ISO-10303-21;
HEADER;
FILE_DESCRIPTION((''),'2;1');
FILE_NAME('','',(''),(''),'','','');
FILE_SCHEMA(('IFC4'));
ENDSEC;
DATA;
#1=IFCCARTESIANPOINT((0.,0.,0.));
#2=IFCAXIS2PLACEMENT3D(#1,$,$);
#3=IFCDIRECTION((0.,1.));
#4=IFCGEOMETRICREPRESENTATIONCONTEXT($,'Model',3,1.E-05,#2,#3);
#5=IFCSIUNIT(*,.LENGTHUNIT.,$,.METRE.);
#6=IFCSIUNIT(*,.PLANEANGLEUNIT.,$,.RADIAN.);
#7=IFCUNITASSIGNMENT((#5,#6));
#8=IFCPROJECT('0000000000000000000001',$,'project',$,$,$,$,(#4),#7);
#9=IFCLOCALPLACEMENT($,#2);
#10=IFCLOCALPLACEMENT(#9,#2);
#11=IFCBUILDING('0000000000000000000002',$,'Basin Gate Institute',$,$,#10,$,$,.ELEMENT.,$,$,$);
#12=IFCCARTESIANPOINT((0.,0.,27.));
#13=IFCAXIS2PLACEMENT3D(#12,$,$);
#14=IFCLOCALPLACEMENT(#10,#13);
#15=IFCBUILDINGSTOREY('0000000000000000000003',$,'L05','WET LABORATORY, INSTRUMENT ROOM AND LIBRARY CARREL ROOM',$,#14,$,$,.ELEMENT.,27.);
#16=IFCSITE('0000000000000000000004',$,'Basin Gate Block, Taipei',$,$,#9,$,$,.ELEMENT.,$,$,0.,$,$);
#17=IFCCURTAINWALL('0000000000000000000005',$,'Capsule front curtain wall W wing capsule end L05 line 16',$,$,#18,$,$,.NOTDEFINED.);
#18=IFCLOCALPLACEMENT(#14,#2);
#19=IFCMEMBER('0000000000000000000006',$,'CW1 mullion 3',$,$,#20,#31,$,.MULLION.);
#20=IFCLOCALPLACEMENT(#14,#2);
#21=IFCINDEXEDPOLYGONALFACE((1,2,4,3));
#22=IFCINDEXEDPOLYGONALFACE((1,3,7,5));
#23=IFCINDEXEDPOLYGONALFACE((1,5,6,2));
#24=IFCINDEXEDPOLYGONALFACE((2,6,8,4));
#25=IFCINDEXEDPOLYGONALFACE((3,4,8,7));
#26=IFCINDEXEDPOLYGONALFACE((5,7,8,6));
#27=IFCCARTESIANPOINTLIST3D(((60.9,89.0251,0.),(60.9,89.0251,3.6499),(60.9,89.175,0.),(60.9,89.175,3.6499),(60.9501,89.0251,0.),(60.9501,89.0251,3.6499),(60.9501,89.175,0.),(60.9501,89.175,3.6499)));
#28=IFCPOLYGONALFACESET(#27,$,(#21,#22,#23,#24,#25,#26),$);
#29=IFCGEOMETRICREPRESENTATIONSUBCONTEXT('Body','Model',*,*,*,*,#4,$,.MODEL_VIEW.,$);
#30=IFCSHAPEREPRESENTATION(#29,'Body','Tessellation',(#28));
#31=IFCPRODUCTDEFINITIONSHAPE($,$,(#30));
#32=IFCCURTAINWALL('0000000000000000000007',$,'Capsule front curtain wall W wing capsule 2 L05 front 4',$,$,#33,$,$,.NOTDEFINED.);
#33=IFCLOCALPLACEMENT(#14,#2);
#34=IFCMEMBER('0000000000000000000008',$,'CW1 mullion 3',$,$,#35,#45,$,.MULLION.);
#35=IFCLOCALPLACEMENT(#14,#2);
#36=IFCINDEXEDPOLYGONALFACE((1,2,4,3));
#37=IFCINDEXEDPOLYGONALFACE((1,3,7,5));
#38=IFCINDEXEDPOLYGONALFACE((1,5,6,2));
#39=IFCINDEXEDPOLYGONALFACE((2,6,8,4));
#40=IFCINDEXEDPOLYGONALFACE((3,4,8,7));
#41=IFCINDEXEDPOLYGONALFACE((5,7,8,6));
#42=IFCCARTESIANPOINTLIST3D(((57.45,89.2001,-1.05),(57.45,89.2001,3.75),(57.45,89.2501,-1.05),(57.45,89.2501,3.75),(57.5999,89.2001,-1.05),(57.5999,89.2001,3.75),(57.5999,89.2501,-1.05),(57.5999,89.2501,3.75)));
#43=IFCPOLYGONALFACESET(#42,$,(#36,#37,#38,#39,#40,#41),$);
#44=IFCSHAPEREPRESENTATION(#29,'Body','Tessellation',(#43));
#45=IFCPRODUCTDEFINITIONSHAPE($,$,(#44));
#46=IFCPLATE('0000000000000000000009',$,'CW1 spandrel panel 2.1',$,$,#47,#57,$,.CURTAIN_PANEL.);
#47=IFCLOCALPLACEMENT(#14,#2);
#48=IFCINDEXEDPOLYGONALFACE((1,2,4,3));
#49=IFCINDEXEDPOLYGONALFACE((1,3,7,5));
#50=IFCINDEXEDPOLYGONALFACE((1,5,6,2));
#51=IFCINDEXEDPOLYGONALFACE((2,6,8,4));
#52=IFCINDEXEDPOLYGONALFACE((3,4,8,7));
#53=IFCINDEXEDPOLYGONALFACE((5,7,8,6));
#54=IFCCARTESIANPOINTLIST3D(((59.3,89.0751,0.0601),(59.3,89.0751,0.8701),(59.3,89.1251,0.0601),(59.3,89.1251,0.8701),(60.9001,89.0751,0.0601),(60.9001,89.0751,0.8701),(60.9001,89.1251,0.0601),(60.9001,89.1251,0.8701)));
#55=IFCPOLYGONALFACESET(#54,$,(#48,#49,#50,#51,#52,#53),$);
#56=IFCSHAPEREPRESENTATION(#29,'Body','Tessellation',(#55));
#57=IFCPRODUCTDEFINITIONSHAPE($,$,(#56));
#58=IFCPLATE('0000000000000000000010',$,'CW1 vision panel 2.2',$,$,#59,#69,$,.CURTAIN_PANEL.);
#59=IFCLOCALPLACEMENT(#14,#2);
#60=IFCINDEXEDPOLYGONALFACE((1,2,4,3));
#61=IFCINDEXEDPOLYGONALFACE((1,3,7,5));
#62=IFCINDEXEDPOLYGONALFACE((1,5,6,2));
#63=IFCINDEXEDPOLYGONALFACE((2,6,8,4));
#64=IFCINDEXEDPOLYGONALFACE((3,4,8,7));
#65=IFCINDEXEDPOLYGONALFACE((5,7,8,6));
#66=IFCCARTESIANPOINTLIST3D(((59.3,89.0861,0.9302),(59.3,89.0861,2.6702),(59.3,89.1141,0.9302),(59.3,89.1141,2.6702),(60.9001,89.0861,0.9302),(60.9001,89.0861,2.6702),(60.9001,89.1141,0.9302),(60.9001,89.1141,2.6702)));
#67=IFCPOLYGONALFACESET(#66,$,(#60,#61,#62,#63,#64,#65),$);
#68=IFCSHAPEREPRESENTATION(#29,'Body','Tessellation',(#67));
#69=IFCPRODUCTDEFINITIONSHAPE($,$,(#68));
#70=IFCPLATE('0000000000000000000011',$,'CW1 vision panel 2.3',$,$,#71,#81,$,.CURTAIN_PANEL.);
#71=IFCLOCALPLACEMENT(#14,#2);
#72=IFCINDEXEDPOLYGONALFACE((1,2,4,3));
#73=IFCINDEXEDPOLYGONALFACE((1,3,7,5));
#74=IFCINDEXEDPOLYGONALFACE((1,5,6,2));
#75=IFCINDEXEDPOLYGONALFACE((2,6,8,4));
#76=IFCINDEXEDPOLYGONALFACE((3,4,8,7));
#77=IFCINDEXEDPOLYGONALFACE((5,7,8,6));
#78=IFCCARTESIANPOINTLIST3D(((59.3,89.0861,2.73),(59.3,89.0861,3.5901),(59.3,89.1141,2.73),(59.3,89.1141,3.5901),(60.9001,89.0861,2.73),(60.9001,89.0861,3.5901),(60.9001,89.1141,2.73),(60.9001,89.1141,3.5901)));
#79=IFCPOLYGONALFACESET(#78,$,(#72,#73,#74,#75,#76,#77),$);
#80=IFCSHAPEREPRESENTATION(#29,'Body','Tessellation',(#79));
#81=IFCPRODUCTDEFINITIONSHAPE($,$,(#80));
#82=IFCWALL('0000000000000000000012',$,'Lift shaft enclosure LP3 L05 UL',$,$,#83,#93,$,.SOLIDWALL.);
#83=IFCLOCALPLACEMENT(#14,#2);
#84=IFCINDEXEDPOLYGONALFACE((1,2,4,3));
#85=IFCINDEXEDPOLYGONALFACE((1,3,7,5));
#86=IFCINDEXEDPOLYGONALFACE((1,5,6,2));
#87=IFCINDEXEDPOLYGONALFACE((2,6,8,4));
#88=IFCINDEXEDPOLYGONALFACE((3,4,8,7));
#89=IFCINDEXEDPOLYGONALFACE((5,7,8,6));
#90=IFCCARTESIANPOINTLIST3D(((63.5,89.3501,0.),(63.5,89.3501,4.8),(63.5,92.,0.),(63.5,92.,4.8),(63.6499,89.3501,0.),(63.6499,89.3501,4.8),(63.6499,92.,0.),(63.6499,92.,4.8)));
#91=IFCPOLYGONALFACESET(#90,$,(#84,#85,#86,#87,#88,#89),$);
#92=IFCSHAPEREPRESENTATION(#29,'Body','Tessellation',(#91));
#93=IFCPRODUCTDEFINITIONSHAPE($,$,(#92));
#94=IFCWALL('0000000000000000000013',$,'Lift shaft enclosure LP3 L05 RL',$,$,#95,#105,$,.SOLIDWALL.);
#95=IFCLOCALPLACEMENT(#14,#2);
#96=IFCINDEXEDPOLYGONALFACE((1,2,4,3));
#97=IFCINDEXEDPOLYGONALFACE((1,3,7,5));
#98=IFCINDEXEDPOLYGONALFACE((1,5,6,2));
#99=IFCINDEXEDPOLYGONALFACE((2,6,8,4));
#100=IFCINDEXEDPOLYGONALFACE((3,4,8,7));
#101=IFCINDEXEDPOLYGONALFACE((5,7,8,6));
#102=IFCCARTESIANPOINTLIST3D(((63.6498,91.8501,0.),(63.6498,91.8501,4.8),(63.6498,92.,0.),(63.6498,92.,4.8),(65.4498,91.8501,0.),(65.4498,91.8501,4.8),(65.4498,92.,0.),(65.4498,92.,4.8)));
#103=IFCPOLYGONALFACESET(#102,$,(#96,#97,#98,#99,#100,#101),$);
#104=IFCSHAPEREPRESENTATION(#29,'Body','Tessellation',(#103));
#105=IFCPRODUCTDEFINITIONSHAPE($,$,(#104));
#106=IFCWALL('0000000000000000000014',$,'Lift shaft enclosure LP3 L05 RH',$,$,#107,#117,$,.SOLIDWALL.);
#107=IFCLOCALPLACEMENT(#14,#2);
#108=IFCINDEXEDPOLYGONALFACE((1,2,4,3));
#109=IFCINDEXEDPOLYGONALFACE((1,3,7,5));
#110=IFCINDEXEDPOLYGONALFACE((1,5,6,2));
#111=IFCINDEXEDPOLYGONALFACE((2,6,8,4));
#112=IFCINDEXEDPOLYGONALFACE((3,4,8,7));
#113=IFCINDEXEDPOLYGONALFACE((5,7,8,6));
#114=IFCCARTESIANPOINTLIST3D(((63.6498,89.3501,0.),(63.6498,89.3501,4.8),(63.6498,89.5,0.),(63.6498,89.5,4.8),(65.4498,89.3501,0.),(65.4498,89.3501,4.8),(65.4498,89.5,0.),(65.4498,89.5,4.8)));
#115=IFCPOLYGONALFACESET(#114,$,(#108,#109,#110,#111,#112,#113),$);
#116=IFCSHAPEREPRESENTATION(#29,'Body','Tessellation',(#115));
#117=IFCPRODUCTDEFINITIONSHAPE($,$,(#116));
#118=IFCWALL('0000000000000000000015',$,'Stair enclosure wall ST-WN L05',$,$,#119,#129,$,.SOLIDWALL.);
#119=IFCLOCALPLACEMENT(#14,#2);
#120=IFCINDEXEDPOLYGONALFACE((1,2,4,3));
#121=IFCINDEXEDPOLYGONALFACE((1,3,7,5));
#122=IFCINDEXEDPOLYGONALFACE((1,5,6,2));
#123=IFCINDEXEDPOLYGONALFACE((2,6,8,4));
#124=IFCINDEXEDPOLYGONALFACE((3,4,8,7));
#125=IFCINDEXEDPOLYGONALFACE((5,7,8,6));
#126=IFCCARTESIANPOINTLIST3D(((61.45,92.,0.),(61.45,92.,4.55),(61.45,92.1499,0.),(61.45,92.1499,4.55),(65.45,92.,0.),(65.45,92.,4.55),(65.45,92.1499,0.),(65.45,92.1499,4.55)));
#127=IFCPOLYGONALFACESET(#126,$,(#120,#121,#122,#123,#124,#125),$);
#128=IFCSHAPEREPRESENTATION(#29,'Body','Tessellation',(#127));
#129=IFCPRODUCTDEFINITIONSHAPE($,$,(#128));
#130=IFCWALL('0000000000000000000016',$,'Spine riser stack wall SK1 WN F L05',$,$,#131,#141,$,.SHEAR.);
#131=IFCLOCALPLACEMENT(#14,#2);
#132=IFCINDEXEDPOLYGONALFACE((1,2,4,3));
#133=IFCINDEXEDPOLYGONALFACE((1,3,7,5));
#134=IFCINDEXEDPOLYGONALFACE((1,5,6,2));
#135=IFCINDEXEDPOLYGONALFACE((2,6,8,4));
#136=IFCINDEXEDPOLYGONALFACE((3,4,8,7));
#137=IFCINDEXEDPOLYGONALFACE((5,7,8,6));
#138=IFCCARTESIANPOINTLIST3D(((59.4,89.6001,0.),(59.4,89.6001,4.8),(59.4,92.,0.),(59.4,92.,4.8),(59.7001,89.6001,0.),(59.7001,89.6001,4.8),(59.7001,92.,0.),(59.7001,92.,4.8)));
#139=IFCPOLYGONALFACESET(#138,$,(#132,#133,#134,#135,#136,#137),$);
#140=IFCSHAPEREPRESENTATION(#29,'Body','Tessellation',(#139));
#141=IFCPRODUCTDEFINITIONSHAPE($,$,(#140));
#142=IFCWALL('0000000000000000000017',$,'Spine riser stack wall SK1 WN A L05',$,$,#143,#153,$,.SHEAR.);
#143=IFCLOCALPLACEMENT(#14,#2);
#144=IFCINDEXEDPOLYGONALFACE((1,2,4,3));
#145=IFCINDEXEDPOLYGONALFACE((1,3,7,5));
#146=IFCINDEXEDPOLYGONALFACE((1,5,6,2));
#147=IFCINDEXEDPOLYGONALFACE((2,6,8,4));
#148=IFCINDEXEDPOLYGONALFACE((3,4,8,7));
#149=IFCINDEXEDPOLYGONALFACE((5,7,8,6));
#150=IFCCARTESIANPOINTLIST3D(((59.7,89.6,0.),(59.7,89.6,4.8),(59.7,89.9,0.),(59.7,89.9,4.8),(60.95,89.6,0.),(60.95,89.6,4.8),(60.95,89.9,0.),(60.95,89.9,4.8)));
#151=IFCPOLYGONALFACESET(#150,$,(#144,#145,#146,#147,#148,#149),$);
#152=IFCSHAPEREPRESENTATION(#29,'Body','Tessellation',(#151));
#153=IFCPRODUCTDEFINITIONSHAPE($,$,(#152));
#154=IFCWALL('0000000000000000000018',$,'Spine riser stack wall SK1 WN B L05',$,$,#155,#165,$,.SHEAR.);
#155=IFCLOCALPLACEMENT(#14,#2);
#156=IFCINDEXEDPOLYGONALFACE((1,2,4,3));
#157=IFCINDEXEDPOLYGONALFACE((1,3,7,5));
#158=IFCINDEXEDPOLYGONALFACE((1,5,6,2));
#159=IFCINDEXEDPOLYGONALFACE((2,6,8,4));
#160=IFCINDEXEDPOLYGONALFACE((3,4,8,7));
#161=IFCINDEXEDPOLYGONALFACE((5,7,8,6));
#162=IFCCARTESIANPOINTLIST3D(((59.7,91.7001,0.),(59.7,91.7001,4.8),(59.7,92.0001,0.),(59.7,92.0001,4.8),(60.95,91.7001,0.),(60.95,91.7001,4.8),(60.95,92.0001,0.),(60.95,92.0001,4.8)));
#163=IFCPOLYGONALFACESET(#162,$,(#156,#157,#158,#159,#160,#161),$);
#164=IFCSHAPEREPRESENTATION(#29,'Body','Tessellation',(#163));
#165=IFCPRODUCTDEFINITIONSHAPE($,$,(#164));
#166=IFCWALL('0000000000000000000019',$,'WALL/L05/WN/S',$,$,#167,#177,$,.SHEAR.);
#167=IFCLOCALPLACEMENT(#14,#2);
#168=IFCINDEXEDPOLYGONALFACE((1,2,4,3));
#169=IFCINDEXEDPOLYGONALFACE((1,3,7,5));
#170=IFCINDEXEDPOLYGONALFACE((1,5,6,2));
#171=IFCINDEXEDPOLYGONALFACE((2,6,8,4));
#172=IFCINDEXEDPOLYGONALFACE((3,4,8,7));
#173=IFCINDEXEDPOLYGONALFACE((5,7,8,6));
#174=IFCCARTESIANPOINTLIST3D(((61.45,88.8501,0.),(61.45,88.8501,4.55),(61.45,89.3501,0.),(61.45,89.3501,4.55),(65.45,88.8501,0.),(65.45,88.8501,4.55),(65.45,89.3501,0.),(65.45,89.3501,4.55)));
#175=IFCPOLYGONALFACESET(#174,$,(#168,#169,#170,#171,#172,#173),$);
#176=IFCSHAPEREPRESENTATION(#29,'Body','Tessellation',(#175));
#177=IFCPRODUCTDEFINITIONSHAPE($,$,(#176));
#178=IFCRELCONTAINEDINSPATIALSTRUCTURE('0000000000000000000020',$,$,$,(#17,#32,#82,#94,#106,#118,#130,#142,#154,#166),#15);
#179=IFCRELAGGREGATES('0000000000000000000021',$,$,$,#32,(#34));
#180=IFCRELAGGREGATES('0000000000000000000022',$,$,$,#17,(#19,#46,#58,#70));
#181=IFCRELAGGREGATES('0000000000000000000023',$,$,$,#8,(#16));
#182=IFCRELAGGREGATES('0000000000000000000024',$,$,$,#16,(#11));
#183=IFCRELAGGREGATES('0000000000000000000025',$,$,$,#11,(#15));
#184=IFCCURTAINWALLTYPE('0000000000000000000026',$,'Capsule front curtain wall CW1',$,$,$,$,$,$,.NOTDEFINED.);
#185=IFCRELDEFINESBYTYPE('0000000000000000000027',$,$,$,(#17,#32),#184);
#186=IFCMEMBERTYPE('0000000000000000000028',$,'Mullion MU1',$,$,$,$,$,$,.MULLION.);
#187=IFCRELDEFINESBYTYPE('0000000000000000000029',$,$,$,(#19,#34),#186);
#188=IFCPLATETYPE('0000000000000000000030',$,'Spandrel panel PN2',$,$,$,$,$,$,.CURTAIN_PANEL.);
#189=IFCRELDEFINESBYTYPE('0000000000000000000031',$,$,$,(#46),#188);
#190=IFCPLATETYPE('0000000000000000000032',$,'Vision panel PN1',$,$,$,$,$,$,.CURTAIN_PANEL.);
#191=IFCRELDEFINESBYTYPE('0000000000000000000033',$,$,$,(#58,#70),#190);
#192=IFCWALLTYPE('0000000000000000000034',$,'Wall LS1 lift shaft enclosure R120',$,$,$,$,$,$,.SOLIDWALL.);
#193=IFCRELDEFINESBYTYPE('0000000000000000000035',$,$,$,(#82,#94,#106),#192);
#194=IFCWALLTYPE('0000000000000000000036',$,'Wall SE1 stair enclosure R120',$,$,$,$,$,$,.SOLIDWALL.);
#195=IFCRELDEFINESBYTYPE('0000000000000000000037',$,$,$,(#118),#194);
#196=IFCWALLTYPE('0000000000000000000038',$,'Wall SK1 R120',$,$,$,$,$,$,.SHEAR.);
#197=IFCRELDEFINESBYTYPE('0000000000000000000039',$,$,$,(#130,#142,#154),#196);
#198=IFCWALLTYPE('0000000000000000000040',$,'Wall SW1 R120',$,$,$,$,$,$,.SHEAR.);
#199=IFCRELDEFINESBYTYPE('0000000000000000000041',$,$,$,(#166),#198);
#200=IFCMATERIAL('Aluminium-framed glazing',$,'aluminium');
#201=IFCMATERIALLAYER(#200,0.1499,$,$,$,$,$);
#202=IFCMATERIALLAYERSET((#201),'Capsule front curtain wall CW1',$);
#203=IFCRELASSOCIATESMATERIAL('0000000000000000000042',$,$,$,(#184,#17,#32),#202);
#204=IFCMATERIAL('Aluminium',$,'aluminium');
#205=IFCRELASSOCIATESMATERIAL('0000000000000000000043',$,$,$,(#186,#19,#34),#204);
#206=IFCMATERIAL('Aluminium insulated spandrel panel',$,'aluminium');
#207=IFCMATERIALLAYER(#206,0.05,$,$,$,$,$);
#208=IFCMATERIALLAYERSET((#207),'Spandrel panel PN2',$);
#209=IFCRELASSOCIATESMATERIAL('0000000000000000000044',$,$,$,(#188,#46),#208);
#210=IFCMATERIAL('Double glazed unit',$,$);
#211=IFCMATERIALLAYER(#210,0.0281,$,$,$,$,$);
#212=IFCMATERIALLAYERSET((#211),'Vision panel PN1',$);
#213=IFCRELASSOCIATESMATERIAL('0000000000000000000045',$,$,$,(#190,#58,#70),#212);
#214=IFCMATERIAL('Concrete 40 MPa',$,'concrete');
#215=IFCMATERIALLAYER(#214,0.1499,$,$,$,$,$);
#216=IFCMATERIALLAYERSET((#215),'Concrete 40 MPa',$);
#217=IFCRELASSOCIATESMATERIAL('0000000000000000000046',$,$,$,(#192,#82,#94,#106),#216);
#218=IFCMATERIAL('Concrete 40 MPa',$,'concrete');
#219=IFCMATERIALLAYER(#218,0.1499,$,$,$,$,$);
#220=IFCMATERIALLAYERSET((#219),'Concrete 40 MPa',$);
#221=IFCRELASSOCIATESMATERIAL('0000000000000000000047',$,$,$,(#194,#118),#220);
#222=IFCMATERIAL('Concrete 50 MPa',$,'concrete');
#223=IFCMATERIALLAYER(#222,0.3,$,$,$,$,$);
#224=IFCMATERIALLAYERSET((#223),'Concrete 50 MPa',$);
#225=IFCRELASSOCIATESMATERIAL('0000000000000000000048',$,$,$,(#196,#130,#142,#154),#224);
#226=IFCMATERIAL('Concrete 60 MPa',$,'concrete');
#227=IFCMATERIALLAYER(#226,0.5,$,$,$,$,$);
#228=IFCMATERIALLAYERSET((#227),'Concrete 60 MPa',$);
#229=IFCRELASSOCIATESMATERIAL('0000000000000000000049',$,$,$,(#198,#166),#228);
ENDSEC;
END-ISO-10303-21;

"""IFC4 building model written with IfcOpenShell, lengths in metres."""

from ifc_helpers import new_model, si_unit, direction, frame, frame_2d, origin, origin_2d, place, context, subcontext, project, spatial, rectangle, extrude, material, layer, layer_set, material_profile, profile_set, type_object, element, aggregate, save


model = new_model("IFC4")

# Units and contexts
model_context = context("Model", 3, precision=1e-05, world=origin(), true_north=direction((0.0, 1.0)))
body_context = subcontext(model_context, "Body", "Model", "MODEL_VIEW")
ifc_project = project(units=[si_unit("LENGTHUNIT", "METRE"), si_unit("PLANEANGLEUNIT", "RADIAN")], contexts=[model_context])

# Site, building, storey
site_placement = place(None, origin())
site = spatial("IfcSite", under=ifc_project, at=site_placement, Name="Basin Gate Block, Taipei", CompositionType="ELEMENT", RefElevation=0.0)
building_placement = place(site_placement, origin())
building = spatial("IfcBuilding", under=site, at=building_placement, Name="Basin Gate Institute", CompositionType="ELEMENT")
storey_placement = place(building_placement, frame((0.0, 0.0, 27.0)))
storey = spatial("IfcBuildingStorey", under=building, at=storey_placement, Name="L05", Description="WET LABORATORY, INSTRUMENT ROOM AND LIBRARY CARREL ROOM", CompositionType="ELEMENT", Elevation=27.0)

# Curtain walls, members
ifc_material_1 = material(Name="Aluminium-framed glazing", Category="aluminium")
ifc_layer_1 = layer(ifc_material_1, 0.1499)
ifc_layer_set_1 = layer_set([ifc_layer_1], Name="Capsule front curtain wall CW1")
curtain_wall_type = type_object("IfcCurtainWallType", Name="Capsule front curtain wall CW1", PredefinedType="NOTDEFINED", material=ifc_layer_set_1)
curtain_wall_1_placement = place(storey_placement, origin())
curtain_wall_1 = element("IfcCurtainWall", 1, at=curtain_wall_1_placement, inside=storey, type_object=curtain_wall_type, material=ifc_layer_set_1, Name="Capsule front curtain wall W wing capsule end L05 line 16", PredefinedType="NOTDEFINED")
ifc_material_2 = material(Name="Aluminium", Category="aluminium")
ifc_material_profile = material_profile(ifc_material_2, rectangle(XDim=0.1499, YDim=0.05, at=origin_2d()), Name="Mullion MU1 150 x 50")
ifc_profile_set = profile_set([ifc_material_profile], Name="Aluminium")
member_type = type_object("IfcMemberType", Name="Mullion MU1", PredefinedType="MULLION", material=ifc_profile_set)
member_1_placement = place(storey_placement, frame((60.925, 89.1001, 0.0), z_axis=(0.0, 0.0, 1.0), x_axis=(0.0, 1.0, 0.0)))
member_1 = element("IfcMember", 2, at=member_1_placement, type_object=member_type, material=ifc_profile_set, Name="CW1 mullion 3", PredefinedType="MULLION", context=body_context, shape_type="SweptSolid", body=[
    extrude(rectangle(XDim=0.1499, YDim=0.05, at=origin_2d()), origin(), (0.0, 0.0, 1.0), 3.6499),
])
curtain_wall_2_placement = place(storey_placement, origin())
curtain_wall_2 = element("IfcCurtainWall", 3, at=curtain_wall_2_placement, inside=storey, type_object=curtain_wall_type, material=ifc_layer_set_1, Name="Capsule front curtain wall W wing capsule 2 L05 front 4", PredefinedType="NOTDEFINED")
member_2_placement = place(storey_placement, frame((57.5249, 89.2251, -1.05), z_axis=(0.0, 0.0, 1.0), x_axis=(-1.0, 0.0, 0.0)))
member_2 = element("IfcMember", 4, at=member_2_placement, type_object=member_type, material=ifc_profile_set, Name="CW1 mullion 3", PredefinedType="MULLION", context=body_context, shape_type="SweptSolid", body=[
    extrude(rectangle(XDim=0.1499, YDim=0.05, at=origin_2d()), origin(), (0.0, 0.0, 1.0), 4.8),
])
aggregate(curtain_wall_2, [member_2])

# Plates
ifc_material_3 = material(Name="Aluminium insulated spandrel panel", Category="aluminium")
ifc_layer_2 = layer(ifc_material_3, 0.05)
ifc_layer_set_2 = layer_set([ifc_layer_2], Name="Spandrel panel PN2")
plate_type_1 = type_object("IfcPlateType", Name="Spandrel panel PN2", PredefinedType="CURTAIN_PANEL", material=ifc_layer_set_2)
plate_1_placement = place(storey_placement, frame((60.1001, 89.1001, 0.0601), z_axis=(0.0, 0.0, 1.0), x_axis=(1.0, 0.0, 0.0)))
plate_1 = element("IfcPlate", 5, at=plate_1_placement, type_object=plate_type_1, material=ifc_layer_set_2, Name="CW1 spandrel panel 2.1", PredefinedType="CURTAIN_PANEL", context=body_context, shape_type="SweptSolid", body=[
    extrude(rectangle(XDim=1.6001, YDim=0.05, at=origin_2d()), origin(), (0.0, 0.0, 1.0), 0.8101),
])
ifc_material_4 = material(Name="Double glazed unit")
ifc_layer_3 = layer(ifc_material_4, 0.0281)
ifc_layer_set_3 = layer_set([ifc_layer_3], Name="Vision panel PN1")
plate_type_2 = type_object("IfcPlateType", Name="Vision panel PN1", PredefinedType="CURTAIN_PANEL", material=ifc_layer_set_3)
plate_2_placement = place(storey_placement, frame((60.1001, 89.1001, 0.9302), z_axis=(0.0, 0.0, 1.0), x_axis=(1.0, 0.0, 0.0)))
plate_2 = element("IfcPlate", 6, at=plate_2_placement, type_object=plate_type_2, material=ifc_layer_set_3, Name="CW1 vision panel 2.2", PredefinedType="CURTAIN_PANEL", context=body_context, shape_type="SweptSolid", body=[
    extrude(rectangle(XDim=1.6001, YDim=0.0281, at=origin_2d()), origin(), (0.0, 0.0, 1.0), 1.74),
])
plate_3_placement = place(storey_placement, frame((60.1001, 89.1001, 2.73), z_axis=(0.0, 0.0, 1.0), x_axis=(1.0, 0.0, 0.0)))
plate_3 = element("IfcPlate", 7, at=plate_3_placement, type_object=plate_type_2, material=ifc_layer_set_3, Name="CW1 vision panel 2.3", PredefinedType="CURTAIN_PANEL", context=body_context, shape_type="SweptSolid", body=[
    extrude(rectangle(XDim=1.6001, YDim=0.0281, at=origin_2d()), origin(), (0.0, 0.0, 1.0), 0.8601),
])
aggregate(curtain_wall_1, [member_1, plate_1, plate_2, plate_3])

# Walls
ifc_material_5 = material(Name="Concrete 40 MPa", Category="concrete")
ifc_layer_4 = layer(ifc_material_5, 0.1499)
ifc_layer_set_4 = layer_set([ifc_layer_4], Name="Concrete 40 MPa")
wall_type_1 = type_object("IfcWallType", Name="Wall LS1 lift shaft enclosure R120", PredefinedType="SOLIDWALL", material=ifc_layer_set_4)
wall_1_placement = place(storey_placement, frame((63.575, 92.0, 0.0), z_axis=(0.0, 0.0, 1.0), x_axis=(0.0, -1.0, 0.0)))
element("IfcWall", 8, at=wall_1_placement, inside=storey, type_object=wall_type_1, material=ifc_layer_set_4, Name="Lift shaft enclosure LP3 L05 UL", PredefinedType="SOLIDWALL", context=body_context, shape_type="SweptSolid", body=[
    extrude(rectangle(XDim=2.6499, YDim=0.1499, at=frame_2d((1.325, 0.0))), origin(), (0.0, 0.0, 1.0), 4.8),
])
for number, where, z_axis, x_axis, name in (
    (9, (63.6499, 91.925, 0.0), (0.0, 0.0, 1.0), (1.0, 0.0, 0.0), "Lift shaft enclosure LP3 L05 RL"),
    (10, (63.6499, 89.425, 0.0), (0.0, 0.0, 1.0), (1.0, 0.0, 0.0), "Lift shaft enclosure LP3 L05 RH"),
):
    element("IfcWall", number, at=place(storey_placement, frame(where, z_axis=z_axis, x_axis=x_axis)), inside=storey, type_object=wall_type_1, material=ifc_layer_set_4, Name=name, PredefinedType="SOLIDWALL", context=body_context, shape_type="SweptSolid", body=[
        extrude(rectangle(XDim=1.8, YDim=0.1499, at=frame_2d((0.8999, 0.0))), origin(), (0.0, 0.0, 1.0), 4.8),
    ])
ifc_material_6 = material(Name="Concrete 40 MPa", Category="concrete")
ifc_layer_5 = layer(ifc_material_6, 0.1499)
ifc_layer_set_5 = layer_set([ifc_layer_5], Name="Concrete 40 MPa")
wall_type_2 = type_object("IfcWallType", Name="Wall SE1 stair enclosure R120", PredefinedType="SOLIDWALL", material=ifc_layer_set_5)
wall_2_placement = place(storey_placement, frame((61.45, 92.075, 0.0), z_axis=(0.0, 0.0, 1.0), x_axis=(1.0, 0.0, 0.0)))
element("IfcWall", 11, at=wall_2_placement, inside=storey, type_object=wall_type_2, material=ifc_layer_set_5, Name="Stair enclosure wall ST-WN L05", PredefinedType="SOLIDWALL", context=body_context, shape_type="SweptSolid", body=[
    extrude(rectangle(XDim=4.0, YDim=0.1499, at=frame_2d((2.0, 0.0))), origin(), (0.0, 0.0, 1.0), 4.55),
])
ifc_material_7 = material(Name="Concrete 50 MPa", Category="concrete")
ifc_layer_6 = layer(ifc_material_7, 0.3)
ifc_layer_set_6 = layer_set([ifc_layer_6], Name="Concrete 50 MPa")
wall_type_3 = type_object("IfcWallType", Name="Wall SK1 R120", PredefinedType="SHEAR", material=ifc_layer_set_6)
wall_3_placement = place(storey_placement, frame((59.55, 89.6001, 0.0), z_axis=(0.0, 0.0, 1.0), x_axis=(0.0, 1.0, 0.0)))
element("IfcWall", 12, at=wall_3_placement, inside=storey, type_object=wall_type_3, material=ifc_layer_set_6, Name="Spine riser stack wall SK1 WN F L05", PredefinedType="SHEAR", context=body_context, shape_type="SweptSolid", body=[
    extrude(rectangle(XDim=2.3999, YDim=0.3, at=frame_2d((1.2, 0.0))), origin(), (0.0, 0.0, 1.0), 4.8),
])
for number, where, z_axis, x_axis, name in (
    (13, (60.95, 89.75, 0.0), (0.0, 0.0, 1.0), (-1.0, 0.0, 0.0), "Spine riser stack wall SK1 WN A L05"),
    (14, (60.95, 91.8501, 0.0), (0.0, 0.0, 1.0), (-1.0, 0.0, 0.0), "Spine riser stack wall SK1 WN B L05"),
):
    element("IfcWall", number, at=place(storey_placement, frame(where, z_axis=z_axis, x_axis=x_axis)), inside=storey, type_object=wall_type_3, material=ifc_layer_set_6, Name=name, PredefinedType="SHEAR", context=body_context, shape_type="SweptSolid", body=[
        extrude(rectangle(XDim=1.25, YDim=0.3, at=frame_2d((0.625, 0.0))), origin(), (0.0, 0.0, 1.0), 4.8),
    ])
ifc_material_8 = material(Name="Concrete 60 MPa", Category="concrete")
ifc_layer_7 = layer(ifc_material_8, 0.5)
ifc_layer_set_7 = layer_set([ifc_layer_7], Name="Concrete 60 MPa")
wall_type_4 = type_object("IfcWallType", Name="Wall SW1 R120", PredefinedType="SHEAR", material=ifc_layer_set_7)
wall_4_placement = place(storey_placement, frame((61.45, 89.1001, 0.0), z_axis=(0.0, 0.0, 1.0), x_axis=(1.0, 0.0, 0.0)))
element("IfcWall", 15, at=wall_4_placement, inside=storey, type_object=wall_type_4, material=ifc_layer_set_7, Name="WALL/L05/WN/S", PredefinedType="SHEAR", context=body_context, shape_type="SweptSolid", body=[
    extrude(rectangle(XDim=4.0, YDim=0.5, at=frame_2d((2.0, 0.0))), origin(), (0.0, 0.0, 1.0), 4.55),
])

save(model, "model.ifc")
